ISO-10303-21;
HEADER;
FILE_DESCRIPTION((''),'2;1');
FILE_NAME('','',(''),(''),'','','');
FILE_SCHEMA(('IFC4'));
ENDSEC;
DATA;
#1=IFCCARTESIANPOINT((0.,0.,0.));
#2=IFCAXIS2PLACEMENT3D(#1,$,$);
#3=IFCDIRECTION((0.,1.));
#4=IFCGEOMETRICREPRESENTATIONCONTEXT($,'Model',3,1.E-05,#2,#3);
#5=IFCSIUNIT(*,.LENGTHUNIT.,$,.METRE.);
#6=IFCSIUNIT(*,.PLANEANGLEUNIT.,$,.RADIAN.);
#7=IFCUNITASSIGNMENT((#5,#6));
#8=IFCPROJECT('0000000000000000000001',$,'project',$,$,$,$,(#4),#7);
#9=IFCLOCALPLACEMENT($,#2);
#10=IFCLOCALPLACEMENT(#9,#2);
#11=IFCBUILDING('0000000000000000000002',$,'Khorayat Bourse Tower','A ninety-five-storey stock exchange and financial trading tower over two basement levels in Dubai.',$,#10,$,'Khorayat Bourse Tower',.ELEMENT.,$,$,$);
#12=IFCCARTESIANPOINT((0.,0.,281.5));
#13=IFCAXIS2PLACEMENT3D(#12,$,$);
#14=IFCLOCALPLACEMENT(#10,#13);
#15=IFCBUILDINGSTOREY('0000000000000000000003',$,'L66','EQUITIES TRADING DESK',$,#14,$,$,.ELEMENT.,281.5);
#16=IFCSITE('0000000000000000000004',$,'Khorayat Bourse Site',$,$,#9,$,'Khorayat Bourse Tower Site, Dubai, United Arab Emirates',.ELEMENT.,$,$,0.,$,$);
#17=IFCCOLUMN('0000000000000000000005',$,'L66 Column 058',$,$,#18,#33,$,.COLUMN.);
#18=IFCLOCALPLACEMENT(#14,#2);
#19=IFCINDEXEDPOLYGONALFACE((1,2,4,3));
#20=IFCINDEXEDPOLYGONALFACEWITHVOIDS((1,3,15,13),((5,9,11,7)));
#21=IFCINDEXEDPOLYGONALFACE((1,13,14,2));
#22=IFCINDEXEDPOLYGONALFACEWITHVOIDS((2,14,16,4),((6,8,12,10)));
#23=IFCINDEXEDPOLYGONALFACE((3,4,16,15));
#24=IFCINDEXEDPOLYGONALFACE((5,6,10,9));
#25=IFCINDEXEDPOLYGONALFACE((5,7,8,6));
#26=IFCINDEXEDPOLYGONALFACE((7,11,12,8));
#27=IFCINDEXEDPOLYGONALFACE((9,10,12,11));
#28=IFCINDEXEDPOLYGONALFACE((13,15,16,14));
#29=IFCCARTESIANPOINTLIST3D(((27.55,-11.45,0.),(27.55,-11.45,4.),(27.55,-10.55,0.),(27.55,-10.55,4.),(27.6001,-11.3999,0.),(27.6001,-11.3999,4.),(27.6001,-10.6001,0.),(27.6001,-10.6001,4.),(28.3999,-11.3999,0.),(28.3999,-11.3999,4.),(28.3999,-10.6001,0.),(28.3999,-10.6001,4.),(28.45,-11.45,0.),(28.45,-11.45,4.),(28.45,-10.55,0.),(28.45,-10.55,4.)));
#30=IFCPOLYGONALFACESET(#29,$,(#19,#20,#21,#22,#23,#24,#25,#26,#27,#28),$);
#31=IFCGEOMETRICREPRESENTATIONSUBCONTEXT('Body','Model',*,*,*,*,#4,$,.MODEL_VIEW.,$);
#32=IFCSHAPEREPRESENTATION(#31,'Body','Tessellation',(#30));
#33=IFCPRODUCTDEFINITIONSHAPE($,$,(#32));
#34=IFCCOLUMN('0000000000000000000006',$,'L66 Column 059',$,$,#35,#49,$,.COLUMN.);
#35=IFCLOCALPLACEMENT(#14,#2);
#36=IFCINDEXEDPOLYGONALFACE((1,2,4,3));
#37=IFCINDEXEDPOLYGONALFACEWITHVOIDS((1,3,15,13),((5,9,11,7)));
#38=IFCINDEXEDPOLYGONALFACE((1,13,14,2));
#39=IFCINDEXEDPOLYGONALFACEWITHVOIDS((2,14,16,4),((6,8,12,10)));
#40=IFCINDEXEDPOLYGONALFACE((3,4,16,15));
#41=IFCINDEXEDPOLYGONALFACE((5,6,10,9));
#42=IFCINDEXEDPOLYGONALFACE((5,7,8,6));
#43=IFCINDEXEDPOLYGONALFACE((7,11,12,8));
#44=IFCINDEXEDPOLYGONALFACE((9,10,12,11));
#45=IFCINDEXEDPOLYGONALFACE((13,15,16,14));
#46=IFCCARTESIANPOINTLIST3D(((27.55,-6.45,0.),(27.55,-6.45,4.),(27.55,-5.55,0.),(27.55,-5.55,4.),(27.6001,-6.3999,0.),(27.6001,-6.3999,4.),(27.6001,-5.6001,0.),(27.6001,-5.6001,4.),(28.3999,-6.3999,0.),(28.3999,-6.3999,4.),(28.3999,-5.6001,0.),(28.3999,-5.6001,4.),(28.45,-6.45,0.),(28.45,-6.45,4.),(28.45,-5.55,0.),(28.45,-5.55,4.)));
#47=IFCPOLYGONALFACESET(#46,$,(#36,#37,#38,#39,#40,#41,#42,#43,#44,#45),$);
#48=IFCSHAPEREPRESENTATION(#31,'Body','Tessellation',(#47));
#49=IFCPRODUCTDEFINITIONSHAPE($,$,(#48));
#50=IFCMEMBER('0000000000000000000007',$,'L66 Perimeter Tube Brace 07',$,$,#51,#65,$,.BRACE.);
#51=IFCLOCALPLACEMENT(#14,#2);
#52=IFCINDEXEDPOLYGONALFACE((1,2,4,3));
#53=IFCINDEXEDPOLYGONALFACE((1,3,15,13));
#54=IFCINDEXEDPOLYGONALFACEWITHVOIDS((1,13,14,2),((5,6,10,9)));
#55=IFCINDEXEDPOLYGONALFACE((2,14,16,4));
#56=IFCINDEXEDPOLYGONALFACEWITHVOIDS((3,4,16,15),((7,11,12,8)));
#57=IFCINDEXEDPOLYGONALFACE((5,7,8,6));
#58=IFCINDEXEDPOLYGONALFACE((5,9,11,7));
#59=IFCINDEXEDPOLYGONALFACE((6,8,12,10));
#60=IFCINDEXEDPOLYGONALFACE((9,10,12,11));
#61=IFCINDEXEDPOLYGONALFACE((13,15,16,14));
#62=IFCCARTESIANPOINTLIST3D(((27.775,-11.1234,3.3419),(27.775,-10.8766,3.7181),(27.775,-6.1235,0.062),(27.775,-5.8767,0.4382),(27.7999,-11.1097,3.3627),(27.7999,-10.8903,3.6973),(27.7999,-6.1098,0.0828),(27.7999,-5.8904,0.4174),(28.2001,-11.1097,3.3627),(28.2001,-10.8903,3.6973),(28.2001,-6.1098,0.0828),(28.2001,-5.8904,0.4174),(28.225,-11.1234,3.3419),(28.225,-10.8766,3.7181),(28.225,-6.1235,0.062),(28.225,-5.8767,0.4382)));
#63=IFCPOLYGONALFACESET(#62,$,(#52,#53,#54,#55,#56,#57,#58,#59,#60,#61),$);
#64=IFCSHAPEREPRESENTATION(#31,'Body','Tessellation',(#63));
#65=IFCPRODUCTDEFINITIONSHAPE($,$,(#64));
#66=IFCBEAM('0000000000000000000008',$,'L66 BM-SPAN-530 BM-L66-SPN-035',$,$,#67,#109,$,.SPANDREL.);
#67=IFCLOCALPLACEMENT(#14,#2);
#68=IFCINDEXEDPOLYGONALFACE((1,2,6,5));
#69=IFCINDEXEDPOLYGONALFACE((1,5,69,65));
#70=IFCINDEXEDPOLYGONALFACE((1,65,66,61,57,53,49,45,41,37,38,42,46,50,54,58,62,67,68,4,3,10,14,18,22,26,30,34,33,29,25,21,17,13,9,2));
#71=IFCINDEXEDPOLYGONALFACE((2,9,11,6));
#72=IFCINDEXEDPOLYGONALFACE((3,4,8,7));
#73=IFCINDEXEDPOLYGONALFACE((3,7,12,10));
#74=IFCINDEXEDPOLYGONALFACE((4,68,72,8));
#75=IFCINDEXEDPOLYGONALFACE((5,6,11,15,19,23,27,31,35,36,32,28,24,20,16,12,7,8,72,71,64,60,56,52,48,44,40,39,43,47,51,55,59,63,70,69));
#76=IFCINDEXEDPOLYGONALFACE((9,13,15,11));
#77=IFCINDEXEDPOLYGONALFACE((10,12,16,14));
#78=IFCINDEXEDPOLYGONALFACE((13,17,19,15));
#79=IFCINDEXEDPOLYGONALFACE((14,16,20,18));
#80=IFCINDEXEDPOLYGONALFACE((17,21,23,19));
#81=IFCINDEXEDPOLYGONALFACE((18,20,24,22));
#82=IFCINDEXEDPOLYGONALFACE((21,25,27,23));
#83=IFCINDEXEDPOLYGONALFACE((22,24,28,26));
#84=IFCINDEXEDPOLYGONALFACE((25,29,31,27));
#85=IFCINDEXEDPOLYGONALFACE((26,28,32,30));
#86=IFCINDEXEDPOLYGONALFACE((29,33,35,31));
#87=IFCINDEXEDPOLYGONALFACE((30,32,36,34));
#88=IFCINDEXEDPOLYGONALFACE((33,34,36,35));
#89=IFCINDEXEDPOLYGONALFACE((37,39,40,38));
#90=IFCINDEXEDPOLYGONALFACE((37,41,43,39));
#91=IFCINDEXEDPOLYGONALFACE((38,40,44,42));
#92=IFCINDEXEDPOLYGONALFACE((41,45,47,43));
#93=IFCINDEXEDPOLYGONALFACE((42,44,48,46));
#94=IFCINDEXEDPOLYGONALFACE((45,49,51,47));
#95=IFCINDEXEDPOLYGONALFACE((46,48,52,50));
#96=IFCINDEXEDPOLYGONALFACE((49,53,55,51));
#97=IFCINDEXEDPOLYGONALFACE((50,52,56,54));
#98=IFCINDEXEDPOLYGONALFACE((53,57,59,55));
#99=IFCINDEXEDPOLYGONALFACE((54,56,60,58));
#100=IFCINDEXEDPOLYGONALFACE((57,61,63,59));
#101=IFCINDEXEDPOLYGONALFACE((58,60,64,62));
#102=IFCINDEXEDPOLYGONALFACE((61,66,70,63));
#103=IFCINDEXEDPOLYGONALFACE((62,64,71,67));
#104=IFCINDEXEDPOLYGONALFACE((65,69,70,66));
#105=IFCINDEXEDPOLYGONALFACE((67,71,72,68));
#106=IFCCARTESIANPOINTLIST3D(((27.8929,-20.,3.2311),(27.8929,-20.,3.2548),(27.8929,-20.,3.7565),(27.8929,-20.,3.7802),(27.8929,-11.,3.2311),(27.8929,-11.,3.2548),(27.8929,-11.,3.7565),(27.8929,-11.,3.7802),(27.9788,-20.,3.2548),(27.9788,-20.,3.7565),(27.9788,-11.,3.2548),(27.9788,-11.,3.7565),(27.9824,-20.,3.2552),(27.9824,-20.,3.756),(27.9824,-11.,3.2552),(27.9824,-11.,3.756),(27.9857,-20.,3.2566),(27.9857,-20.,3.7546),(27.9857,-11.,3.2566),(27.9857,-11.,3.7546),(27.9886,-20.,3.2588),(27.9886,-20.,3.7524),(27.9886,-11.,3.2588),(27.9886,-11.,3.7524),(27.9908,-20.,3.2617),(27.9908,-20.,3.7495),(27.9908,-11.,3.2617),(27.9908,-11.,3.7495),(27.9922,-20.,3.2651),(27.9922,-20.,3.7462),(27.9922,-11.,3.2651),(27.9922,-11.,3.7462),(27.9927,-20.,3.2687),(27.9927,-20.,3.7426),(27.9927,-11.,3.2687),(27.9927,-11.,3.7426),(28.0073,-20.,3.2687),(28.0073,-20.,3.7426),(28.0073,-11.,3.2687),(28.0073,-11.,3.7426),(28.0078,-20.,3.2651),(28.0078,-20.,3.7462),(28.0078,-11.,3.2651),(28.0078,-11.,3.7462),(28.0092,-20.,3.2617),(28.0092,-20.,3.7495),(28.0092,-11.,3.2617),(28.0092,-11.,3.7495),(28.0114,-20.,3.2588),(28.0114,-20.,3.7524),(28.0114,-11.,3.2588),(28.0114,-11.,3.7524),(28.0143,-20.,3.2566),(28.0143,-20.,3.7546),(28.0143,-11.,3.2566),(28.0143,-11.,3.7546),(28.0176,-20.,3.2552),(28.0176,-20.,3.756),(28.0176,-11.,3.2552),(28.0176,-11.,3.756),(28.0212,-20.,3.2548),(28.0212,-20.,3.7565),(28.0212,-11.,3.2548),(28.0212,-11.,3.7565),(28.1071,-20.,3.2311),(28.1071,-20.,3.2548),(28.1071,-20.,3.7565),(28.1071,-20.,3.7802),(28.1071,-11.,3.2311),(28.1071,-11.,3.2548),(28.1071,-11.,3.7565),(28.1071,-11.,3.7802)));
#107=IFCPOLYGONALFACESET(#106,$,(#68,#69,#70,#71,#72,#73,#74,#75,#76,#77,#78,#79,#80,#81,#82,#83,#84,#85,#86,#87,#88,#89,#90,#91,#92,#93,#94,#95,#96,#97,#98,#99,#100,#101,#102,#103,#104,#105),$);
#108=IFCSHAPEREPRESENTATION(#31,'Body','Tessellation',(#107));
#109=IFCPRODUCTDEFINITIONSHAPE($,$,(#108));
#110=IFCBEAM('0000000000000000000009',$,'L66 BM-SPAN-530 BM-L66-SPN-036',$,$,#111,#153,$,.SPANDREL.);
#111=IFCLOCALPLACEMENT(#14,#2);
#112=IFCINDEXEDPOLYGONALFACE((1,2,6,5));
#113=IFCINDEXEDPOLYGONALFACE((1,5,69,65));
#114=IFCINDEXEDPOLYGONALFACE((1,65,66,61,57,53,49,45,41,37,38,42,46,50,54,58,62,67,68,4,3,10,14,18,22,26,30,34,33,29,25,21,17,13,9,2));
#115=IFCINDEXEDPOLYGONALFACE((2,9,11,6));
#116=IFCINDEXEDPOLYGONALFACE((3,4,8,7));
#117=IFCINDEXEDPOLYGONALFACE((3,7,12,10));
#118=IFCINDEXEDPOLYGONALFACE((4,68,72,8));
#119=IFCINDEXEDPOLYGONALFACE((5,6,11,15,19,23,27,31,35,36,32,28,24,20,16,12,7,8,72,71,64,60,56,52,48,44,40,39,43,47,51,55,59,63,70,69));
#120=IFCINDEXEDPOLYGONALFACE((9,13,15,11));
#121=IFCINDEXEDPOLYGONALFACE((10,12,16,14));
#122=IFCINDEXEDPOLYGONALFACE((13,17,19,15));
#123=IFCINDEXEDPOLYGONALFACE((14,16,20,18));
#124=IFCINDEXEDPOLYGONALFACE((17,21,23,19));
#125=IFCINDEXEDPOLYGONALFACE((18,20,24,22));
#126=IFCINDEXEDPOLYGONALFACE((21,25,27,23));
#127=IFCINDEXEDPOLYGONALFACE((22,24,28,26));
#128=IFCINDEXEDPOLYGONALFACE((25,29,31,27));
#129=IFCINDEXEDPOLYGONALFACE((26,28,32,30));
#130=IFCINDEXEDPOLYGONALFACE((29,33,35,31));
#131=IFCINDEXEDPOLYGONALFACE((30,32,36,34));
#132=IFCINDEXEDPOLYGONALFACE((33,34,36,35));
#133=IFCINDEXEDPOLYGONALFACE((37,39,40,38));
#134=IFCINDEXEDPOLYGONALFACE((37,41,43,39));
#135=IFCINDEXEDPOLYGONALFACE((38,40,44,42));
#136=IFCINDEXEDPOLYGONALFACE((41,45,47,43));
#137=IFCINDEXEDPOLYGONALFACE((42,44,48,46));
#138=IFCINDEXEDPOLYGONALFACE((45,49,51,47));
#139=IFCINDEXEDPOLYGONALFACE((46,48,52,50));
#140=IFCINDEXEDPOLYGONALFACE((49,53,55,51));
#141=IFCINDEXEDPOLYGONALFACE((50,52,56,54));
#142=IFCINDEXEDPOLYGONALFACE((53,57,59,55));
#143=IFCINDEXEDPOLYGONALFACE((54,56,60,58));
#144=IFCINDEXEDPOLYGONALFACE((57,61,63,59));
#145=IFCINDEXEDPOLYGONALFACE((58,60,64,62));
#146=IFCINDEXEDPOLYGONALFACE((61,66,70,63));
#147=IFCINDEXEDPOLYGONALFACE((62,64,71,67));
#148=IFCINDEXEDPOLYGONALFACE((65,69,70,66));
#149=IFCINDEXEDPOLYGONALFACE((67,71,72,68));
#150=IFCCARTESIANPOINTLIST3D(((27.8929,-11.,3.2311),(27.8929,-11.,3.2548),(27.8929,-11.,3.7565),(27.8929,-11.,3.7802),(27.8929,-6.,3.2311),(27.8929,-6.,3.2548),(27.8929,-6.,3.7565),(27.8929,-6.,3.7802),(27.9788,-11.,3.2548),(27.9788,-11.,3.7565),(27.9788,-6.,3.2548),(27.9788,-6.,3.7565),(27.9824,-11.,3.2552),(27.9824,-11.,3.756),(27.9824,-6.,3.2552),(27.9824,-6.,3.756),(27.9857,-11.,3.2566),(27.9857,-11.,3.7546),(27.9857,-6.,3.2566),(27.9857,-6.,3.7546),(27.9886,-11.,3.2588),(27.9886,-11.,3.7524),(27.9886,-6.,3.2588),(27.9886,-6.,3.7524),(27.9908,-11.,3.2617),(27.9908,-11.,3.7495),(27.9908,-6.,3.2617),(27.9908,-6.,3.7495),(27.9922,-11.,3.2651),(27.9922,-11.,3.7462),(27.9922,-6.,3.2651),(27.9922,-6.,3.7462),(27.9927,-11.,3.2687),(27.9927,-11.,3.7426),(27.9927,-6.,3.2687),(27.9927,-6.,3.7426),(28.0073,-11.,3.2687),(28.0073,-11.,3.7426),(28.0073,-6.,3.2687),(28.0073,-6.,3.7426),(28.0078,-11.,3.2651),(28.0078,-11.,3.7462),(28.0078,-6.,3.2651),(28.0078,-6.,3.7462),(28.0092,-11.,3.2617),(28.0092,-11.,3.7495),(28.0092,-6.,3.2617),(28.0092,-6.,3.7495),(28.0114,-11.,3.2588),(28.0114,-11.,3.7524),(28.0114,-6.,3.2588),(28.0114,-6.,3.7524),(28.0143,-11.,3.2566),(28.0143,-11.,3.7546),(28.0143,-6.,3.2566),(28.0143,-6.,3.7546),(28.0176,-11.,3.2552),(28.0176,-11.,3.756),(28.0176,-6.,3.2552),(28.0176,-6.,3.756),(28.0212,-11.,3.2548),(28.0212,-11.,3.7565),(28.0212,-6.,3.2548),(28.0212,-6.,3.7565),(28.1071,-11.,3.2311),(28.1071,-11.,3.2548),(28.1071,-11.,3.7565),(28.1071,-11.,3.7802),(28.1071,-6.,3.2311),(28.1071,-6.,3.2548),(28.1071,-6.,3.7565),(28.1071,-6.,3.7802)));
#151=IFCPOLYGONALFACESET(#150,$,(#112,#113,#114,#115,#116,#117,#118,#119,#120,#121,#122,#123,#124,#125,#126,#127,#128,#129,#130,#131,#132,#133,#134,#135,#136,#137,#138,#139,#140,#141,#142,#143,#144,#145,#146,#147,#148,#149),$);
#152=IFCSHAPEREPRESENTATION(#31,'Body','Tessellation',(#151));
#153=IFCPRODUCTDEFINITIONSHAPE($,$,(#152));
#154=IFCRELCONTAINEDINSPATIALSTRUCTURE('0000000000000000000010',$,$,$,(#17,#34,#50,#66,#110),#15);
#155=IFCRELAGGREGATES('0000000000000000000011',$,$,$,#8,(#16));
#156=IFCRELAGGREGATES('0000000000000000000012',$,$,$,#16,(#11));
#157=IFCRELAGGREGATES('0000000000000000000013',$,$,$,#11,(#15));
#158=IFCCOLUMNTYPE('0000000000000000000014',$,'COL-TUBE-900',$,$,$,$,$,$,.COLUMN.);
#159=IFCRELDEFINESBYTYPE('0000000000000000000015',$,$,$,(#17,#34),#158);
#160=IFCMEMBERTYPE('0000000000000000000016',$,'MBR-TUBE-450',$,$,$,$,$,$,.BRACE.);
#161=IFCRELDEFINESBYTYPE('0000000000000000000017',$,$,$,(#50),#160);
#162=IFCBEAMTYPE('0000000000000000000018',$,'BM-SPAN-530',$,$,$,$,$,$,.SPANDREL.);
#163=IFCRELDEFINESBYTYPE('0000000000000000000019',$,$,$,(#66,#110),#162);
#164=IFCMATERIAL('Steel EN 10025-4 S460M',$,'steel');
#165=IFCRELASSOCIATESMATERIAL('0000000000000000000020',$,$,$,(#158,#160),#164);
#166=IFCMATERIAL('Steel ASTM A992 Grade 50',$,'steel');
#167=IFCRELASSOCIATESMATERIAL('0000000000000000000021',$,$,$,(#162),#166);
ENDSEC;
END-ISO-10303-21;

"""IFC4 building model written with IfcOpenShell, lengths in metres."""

from ifc_helpers import new_model, si_unit, direction, frame, origin, origin_2d, place, context, subcontext, project, spatial, hollow_rectangle, i_section, extrude, source, transform, mapped, material, material_profile, profile_set, type_object, element, save


model = new_model("IFC4")

# Units and contexts
model_context = context("Model", 3, precision=1e-05, world=origin(), true_north=direction((0.0, 1.0)))
body_context = subcontext(model_context, "Body", "Model", "MODEL_VIEW")
ifc_project = project(units=[si_unit("LENGTHUNIT", "METRE"), si_unit("PLANEANGLEUNIT", "RADIAN")], contexts=[model_context])

# Site, building, storey
site_placement = place(None, origin())
site = spatial("IfcSite", under=ifc_project, at=site_placement, Name="Khorayat Bourse Site", LongName="Khorayat Bourse Tower Site, Dubai, United Arab Emirates", CompositionType="ELEMENT", RefElevation=0.0)
building_placement = place(site_placement, origin())
building = spatial("IfcBuilding", under=site, at=building_placement, Name="Khorayat Bourse Tower", Description="A ninety-five-storey stock exchange and financial trading tower over two basement levels in Dubai.", LongName="Khorayat Bourse Tower", CompositionType="ELEMENT")
storey_placement = place(building_placement, frame((0.0, 0.0, 281.5)))
storey = spatial("IfcBuildingStorey", under=building, at=storey_placement, Name="L66", Description="EQUITIES TRADING DESK", CompositionType="ELEMENT", Elevation=281.5)

# Columns
ifc_material_1 = material(Name="Steel EN 10025-4 S460M", Category="steel")
ifc_material_profile_1 = material_profile(ifc_material_1, hollow_rectangle(XDim=0.8999, YDim=0.8999, WallThickness=0.05, at=origin_2d()), Name="BOX 900x900x50")
ifc_profile_set_1 = profile_set([ifc_material_profile_1], Name="Steel EN 10025-4 S460M")
column_type = type_object("IfcColumnType", Name="COL-TUBE-900", PredefinedType="COLUMN", material=ifc_profile_set_1)
shared_shape_1 = source(origin(), body_context, "Body", "SweptSolid", [
    extrude(hollow_rectangle(XDim=0.8999, YDim=0.8999, WallThickness=0.05, at=origin_2d()), origin(), (0.0, 0.0, 1.0), 4.0),
])
for number, where, z_axis, x_axis, name in (
    (1, (28.0, -11.0, 0.0), (0.0, 0.0, 1.0), (1.0, 0.0, 0.0), "L66 Column 058"),
    (2, (28.0, -6.0, 0.0), (0.0, 0.0, 1.0), (1.0, 0.0, 0.0), "L66 Column 059"),
):
    element("IfcColumn", number, at=place(storey_placement, frame(where, z_axis=z_axis, x_axis=x_axis)), inside=storey, type_object=column_type, Name=name, PredefinedType="COLUMN", context=body_context, shape_type="MappedRepresentation", body=[
        mapped(shared_shape_1, transform((0.0, 0.0, 0.0), scale=1.0)),
    ])

# Member
ifc_material_profile_2 = material_profile(ifc_material_1, hollow_rectangle(XDim=0.45, YDim=0.45, WallThickness=0.0249, at=origin_2d()), Name="HSS 450x450x25")
ifc_profile_set_2 = profile_set([ifc_material_profile_2], Name="Steel EN 10025-4 S460M")
member_type_1 = type_object("IfcMemberType", Name="MBR-TUBE-450", PredefinedType="BRACE", material=ifc_profile_set_2)
shared_shape_2 = source(origin(), body_context, "Body", "SweptSolid", [
    extrude(hollow_rectangle(XDim=0.45, YDim=0.45, WallThickness=0.0249, at=origin_2d()), origin(), (0.0, 0.0, 1.0), 5.9797),
])
member_1_placement = place(storey_placement, frame((28.0, -11.0, 3.53), z_axis=(0.0, 0.836142, -0.548514), x_axis=(-1.0, 0.0, 0.0)))
element("IfcMember", 3, at=member_1_placement, inside=storey, type_object=member_type_1, Name="L66 Perimeter Tube Brace 07", PredefinedType="BRACE", context=body_context, shape_type="MappedRepresentation", body=[
    mapped(shared_shape_2, transform((0.0, 0.0, 0.0), scale=1.0)),
])

# Beams
ifc_material_2 = material(Name="Steel ASTM A992 Grade 50", Category="steel")
ifc_material_profile_3 = material_profile(ifc_material_2, i_section(OverallWidth=0.2141, OverallDepth=0.5491, WebThickness=0.0146, FlangeThickness=0.0237, FilletRadius=0.0139, at=origin_2d()), Name="W530X138")
ifc_profile_set_3 = profile_set([ifc_material_profile_3], Name="Steel ASTM A992 Grade 50")
beam_type = type_object("IfcBeamType", Name="BM-SPAN-530", PredefinedType="SPANDREL", material=ifc_profile_set_3)
shared_shape_3 = source(origin(), body_context, "Body", "SweptSolid", [
    extrude(i_section(OverallWidth=0.2141, OverallDepth=0.5491, WebThickness=0.0146, FlangeThickness=0.0237, FilletRadius=0.0139, at=origin_2d()), origin(), (0.0, 0.0, 1.0), 9.0),
])
beam_1_placement = place(storey_placement, frame((28.0, -20.0, 3.5056), z_axis=(0.0, 1.0, 0.0), x_axis=(-1.0, 0.0, 0.0)))
element("IfcBeam", 4, at=beam_1_placement, inside=storey, type_object=beam_type, Name="L66 BM-SPAN-530 BM-L66-SPN-035", PredefinedType="SPANDREL", context=body_context, shape_type="MappedRepresentation", body=[
    mapped(shared_shape_3, transform((0.0, 0.0, 0.0), scale=1.0)),
])
shared_shape_4 = source(origin(), body_context, "Body", "SweptSolid", [
    extrude(i_section(OverallWidth=0.2141, OverallDepth=0.5491, WebThickness=0.0146, FlangeThickness=0.0237, FilletRadius=0.0139, at=origin_2d()), origin(), (0.0, 0.0, 1.0), 5.0),
])
beam_2_placement = place(storey_placement, frame((28.0, -11.0, 3.5056), z_axis=(0.0, 1.0, 0.0), x_axis=(-1.0, 0.0, 0.0)))
element("IfcBeam", 5, at=beam_2_placement, inside=storey, type_object=beam_type, Name="L66 BM-SPAN-530 BM-L66-SPN-036", PredefinedType="SPANDREL", context=body_context, shape_type="MappedRepresentation", body=[
    mapped(shared_shape_4, transform((0.0, 0.0, 0.0), scale=1.0)),
])

save(model, "model.ifc")
